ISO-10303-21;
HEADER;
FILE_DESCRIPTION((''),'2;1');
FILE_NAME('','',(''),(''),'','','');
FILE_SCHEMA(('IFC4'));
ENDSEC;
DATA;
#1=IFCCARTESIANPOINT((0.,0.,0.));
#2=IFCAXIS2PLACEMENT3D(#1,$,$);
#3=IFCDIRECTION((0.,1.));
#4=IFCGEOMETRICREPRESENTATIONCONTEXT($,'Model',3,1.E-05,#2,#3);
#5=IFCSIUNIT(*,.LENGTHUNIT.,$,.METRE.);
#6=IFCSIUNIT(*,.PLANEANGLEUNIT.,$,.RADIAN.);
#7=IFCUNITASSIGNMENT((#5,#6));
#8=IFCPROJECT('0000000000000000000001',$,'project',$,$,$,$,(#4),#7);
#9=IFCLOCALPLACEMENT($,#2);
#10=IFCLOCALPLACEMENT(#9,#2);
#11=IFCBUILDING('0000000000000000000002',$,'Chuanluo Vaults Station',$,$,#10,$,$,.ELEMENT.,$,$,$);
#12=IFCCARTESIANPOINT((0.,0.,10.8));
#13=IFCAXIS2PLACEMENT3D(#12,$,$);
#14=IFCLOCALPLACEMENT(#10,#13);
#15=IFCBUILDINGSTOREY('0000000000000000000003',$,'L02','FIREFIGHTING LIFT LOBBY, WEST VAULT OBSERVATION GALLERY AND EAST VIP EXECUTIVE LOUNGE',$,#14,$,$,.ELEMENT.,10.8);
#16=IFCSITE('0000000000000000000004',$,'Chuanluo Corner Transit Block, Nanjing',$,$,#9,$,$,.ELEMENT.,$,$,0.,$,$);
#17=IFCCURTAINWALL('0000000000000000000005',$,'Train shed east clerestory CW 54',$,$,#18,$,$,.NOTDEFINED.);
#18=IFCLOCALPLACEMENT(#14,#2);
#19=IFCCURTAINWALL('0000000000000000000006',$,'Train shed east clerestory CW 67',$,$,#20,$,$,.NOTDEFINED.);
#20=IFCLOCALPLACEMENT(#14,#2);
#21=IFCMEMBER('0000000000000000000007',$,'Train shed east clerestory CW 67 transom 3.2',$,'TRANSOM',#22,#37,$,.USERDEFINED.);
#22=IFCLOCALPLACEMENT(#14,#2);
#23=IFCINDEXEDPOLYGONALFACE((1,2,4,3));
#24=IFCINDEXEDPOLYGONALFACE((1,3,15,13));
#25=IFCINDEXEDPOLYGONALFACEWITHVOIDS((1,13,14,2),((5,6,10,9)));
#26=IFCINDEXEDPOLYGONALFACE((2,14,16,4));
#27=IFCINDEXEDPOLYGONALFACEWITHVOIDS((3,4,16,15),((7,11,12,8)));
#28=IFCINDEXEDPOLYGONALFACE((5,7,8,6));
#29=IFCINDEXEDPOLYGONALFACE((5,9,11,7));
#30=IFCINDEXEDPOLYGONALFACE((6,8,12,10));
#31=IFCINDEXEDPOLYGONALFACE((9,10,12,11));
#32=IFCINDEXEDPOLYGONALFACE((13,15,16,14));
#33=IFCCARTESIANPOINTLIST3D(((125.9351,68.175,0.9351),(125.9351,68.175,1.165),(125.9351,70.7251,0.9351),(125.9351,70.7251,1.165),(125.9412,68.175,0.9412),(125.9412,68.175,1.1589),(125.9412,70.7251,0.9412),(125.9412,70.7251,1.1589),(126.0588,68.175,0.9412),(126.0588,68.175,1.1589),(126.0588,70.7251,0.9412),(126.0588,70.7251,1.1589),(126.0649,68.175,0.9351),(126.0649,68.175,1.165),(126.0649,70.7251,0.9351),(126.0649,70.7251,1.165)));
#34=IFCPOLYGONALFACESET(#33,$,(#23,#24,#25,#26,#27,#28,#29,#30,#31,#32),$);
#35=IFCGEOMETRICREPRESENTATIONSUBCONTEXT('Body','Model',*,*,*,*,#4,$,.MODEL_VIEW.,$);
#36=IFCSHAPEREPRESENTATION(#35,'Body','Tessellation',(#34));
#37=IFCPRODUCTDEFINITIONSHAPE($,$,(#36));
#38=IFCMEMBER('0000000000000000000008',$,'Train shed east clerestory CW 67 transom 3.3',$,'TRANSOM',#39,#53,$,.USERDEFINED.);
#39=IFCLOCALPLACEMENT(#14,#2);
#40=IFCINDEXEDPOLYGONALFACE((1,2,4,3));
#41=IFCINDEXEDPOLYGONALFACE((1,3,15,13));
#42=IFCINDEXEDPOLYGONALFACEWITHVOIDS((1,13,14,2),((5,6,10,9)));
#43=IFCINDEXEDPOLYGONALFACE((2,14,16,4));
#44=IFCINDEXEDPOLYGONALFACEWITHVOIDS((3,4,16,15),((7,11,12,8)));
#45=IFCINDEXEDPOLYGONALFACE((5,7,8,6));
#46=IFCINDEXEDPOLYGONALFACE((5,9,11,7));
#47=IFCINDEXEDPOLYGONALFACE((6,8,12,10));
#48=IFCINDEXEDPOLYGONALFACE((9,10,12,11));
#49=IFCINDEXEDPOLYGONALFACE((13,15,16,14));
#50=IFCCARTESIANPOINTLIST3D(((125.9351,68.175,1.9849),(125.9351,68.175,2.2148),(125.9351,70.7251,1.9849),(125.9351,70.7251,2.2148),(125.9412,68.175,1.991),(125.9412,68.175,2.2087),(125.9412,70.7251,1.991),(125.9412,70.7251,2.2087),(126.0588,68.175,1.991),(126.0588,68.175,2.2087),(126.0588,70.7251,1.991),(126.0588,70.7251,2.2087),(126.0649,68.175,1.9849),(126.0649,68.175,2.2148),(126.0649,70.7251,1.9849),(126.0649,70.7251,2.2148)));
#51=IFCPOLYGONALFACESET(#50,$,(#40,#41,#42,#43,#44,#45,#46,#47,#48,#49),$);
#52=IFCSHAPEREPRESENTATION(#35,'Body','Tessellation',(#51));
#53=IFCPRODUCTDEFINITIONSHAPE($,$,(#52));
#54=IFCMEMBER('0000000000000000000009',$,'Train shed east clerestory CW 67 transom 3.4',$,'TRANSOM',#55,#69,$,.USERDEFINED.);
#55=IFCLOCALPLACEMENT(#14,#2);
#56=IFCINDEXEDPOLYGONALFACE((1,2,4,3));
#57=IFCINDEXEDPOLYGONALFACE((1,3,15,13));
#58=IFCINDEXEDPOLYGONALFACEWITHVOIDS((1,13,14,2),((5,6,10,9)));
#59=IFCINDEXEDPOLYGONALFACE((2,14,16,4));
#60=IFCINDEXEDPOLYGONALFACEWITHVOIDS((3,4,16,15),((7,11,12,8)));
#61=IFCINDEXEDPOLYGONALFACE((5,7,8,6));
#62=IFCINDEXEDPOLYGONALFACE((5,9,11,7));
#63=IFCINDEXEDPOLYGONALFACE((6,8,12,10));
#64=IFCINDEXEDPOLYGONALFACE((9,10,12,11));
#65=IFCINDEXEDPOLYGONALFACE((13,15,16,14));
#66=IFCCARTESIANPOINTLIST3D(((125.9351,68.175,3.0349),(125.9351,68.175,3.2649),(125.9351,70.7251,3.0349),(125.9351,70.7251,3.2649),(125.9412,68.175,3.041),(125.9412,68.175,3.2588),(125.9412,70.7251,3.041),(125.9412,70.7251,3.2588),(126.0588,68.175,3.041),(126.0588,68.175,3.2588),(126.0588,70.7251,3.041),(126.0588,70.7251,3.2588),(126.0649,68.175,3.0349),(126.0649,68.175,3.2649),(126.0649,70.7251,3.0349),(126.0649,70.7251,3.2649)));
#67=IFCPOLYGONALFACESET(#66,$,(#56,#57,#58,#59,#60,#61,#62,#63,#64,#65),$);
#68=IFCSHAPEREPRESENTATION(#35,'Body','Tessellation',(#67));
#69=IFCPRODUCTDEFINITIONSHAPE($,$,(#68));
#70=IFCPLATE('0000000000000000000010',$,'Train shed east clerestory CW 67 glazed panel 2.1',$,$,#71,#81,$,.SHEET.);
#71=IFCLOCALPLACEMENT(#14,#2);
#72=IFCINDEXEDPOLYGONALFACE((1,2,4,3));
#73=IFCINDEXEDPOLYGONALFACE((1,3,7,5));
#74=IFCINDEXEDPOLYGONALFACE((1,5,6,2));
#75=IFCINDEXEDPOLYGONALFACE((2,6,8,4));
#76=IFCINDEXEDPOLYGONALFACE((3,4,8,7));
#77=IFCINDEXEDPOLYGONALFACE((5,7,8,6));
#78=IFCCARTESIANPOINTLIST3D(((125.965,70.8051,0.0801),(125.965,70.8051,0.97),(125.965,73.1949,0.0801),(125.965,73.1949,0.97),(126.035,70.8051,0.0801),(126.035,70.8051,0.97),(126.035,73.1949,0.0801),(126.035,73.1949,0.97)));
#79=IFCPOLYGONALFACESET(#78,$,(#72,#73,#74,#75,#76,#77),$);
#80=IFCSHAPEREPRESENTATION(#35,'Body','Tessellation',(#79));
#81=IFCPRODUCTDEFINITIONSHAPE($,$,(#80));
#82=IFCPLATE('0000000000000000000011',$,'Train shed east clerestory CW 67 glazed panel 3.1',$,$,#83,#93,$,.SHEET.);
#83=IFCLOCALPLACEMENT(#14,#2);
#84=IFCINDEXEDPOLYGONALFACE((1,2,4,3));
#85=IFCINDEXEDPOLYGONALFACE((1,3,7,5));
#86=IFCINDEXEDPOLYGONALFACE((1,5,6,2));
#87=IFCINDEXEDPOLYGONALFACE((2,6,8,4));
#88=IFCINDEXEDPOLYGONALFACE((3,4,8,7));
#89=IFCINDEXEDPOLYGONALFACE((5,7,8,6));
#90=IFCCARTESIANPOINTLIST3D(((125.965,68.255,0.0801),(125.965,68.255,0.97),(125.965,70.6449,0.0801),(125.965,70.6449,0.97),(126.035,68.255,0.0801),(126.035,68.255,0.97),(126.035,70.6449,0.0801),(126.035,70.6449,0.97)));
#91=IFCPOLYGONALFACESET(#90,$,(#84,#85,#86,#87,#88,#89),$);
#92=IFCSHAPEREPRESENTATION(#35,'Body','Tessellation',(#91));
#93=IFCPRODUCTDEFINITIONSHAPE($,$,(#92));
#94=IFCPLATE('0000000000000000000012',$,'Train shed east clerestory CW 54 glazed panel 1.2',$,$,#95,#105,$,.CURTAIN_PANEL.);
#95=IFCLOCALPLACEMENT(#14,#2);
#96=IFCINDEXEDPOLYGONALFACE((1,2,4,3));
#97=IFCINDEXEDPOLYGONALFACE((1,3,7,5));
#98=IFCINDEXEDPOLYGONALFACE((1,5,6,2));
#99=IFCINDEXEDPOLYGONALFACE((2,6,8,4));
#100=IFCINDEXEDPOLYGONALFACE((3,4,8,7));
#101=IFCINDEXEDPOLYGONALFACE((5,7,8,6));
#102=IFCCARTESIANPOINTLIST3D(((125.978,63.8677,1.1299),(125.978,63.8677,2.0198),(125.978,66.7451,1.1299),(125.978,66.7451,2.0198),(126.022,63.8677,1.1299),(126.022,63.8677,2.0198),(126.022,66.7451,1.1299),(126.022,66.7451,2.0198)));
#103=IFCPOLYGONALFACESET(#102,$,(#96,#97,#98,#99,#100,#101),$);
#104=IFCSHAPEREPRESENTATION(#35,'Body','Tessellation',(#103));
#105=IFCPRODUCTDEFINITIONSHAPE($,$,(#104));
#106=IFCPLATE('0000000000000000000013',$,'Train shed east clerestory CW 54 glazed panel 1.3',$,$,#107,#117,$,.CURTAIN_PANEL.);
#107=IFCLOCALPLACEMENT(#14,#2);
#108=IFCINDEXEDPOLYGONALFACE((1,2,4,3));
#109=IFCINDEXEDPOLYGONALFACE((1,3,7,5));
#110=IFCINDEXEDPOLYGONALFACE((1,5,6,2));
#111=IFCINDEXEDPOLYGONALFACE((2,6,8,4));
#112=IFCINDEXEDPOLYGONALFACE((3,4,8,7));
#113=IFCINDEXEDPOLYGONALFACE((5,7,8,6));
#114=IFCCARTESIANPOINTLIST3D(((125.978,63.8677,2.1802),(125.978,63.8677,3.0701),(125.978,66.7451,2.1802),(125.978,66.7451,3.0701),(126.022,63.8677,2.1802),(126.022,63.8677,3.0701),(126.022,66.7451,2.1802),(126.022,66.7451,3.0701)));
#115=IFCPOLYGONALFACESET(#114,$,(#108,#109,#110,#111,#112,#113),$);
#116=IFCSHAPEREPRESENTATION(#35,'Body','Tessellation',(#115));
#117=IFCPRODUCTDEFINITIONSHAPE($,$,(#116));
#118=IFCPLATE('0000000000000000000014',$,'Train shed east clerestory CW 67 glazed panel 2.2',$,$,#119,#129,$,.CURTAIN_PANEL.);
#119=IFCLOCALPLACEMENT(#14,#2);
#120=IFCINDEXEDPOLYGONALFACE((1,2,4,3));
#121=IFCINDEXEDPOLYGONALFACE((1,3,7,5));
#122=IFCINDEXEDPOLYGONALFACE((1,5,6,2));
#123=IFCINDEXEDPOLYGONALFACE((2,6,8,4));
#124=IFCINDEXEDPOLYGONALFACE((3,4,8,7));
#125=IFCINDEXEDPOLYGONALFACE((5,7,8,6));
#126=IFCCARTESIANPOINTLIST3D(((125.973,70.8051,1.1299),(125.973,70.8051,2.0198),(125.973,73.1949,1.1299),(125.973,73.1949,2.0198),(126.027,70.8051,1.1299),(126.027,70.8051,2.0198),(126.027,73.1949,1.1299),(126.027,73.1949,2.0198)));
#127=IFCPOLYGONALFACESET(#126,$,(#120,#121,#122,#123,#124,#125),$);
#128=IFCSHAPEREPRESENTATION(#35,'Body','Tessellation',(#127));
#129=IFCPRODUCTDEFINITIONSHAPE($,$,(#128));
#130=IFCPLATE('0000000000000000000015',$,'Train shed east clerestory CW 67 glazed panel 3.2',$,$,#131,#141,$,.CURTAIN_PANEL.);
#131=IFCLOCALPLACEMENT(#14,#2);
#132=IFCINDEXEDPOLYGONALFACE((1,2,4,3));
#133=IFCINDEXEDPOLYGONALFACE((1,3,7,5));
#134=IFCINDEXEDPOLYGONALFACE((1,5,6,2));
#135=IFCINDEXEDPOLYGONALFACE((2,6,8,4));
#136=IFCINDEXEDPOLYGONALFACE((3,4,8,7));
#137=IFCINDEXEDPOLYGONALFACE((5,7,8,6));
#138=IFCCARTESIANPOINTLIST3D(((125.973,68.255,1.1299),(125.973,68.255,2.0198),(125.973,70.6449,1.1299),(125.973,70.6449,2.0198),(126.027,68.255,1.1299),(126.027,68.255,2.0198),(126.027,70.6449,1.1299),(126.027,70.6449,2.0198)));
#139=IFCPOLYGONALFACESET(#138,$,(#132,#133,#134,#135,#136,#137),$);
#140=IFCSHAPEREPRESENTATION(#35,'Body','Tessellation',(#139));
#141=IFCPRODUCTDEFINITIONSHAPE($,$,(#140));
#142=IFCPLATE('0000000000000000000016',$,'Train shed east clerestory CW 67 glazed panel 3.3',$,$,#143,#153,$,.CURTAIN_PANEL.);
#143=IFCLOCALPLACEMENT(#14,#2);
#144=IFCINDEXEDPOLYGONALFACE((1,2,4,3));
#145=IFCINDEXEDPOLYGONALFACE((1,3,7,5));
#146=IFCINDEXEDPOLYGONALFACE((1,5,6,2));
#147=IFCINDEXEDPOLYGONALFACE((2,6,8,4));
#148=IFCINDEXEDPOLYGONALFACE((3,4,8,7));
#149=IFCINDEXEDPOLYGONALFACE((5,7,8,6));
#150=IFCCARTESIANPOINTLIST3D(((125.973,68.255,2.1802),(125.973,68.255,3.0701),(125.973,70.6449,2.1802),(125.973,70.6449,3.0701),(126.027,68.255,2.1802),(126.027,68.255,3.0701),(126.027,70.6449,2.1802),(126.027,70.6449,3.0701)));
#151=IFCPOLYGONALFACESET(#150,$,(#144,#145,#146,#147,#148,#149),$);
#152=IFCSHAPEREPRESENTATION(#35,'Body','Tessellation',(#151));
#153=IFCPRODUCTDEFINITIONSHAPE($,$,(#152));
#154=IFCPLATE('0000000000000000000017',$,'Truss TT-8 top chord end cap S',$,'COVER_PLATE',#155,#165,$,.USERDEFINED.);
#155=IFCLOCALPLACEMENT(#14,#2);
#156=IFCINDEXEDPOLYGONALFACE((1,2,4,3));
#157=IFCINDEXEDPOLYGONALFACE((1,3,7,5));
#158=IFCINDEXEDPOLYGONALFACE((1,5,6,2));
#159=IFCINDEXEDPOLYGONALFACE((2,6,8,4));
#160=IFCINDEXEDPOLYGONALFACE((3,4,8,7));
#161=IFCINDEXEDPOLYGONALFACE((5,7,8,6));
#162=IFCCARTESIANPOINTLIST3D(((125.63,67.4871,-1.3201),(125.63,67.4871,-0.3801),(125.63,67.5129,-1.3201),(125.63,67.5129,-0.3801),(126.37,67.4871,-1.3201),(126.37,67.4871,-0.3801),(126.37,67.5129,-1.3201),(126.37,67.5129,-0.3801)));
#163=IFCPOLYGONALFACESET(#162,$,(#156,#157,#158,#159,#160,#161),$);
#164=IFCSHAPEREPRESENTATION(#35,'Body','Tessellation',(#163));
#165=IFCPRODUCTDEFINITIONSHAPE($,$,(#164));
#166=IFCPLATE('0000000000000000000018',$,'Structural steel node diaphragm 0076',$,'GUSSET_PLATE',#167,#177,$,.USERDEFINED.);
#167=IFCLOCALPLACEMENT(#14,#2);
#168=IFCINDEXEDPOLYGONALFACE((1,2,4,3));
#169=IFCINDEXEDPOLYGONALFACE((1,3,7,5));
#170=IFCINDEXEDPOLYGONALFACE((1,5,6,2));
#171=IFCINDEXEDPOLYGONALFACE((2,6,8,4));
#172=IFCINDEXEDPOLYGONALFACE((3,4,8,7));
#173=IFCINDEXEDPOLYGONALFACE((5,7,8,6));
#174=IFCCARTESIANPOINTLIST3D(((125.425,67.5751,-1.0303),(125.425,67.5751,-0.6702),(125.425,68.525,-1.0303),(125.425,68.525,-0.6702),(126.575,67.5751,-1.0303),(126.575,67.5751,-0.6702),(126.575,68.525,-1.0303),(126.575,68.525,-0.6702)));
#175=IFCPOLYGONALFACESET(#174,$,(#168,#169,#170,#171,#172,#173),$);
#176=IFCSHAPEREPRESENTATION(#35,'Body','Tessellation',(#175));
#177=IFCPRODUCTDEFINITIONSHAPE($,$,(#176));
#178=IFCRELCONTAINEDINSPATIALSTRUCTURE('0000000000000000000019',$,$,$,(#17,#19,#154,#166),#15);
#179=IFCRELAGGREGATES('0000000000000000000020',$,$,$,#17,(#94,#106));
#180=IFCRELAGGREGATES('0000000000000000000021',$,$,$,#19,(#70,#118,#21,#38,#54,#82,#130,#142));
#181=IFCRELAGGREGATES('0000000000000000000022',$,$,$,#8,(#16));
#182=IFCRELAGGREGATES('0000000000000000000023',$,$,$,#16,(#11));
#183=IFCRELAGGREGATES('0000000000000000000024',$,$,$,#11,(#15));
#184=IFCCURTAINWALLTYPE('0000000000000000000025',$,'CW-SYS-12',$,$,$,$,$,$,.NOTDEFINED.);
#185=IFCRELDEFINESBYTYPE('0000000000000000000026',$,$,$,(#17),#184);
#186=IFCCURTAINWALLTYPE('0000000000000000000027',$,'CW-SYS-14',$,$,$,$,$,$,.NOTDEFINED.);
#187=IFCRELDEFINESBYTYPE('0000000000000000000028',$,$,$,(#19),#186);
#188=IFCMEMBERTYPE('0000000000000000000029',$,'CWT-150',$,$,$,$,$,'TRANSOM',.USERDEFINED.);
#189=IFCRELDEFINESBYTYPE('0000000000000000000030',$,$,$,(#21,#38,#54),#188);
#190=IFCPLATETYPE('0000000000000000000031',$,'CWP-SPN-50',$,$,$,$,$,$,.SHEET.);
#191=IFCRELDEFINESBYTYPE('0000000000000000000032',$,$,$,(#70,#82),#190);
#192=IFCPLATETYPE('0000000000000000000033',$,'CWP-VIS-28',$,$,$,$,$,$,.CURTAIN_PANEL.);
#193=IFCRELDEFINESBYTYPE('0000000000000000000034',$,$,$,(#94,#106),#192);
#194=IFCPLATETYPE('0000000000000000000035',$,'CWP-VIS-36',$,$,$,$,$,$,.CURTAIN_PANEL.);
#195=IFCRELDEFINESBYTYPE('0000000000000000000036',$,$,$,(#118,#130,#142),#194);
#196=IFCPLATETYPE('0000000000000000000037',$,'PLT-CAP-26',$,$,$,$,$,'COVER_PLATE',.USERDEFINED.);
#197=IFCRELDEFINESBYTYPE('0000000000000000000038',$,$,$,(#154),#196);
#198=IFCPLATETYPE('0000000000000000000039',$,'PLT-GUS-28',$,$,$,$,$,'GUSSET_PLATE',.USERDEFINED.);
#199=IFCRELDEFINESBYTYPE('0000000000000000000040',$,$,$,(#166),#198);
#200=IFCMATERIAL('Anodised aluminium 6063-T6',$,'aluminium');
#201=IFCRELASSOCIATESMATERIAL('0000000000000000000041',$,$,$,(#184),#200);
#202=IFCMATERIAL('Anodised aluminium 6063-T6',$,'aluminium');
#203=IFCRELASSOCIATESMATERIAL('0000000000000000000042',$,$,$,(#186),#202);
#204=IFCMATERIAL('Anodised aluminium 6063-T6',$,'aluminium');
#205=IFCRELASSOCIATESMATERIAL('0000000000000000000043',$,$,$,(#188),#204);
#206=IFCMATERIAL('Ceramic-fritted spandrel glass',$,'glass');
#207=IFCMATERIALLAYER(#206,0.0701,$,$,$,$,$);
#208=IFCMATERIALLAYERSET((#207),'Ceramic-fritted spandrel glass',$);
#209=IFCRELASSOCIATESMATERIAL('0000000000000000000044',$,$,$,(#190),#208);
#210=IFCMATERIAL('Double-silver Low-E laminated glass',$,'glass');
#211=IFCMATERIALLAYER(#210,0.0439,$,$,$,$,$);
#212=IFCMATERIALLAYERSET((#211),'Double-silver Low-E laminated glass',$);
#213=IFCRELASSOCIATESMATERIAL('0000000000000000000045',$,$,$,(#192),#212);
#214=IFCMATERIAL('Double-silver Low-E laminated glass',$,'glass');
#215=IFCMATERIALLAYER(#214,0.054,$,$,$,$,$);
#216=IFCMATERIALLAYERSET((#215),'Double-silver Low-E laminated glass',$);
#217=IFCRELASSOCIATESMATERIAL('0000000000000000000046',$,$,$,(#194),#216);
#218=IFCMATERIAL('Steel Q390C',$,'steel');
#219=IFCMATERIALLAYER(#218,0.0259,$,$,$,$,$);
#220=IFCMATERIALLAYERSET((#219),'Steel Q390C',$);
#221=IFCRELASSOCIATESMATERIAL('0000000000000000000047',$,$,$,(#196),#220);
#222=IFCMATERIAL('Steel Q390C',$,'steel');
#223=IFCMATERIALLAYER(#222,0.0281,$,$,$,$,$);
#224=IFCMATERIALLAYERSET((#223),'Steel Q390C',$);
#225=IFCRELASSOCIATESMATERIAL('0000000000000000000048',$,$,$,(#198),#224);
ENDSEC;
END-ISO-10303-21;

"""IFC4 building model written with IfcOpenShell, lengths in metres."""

from ifc_helpers import new_model, si_unit, direction, frame, origin, origin_2d, place, context, subcontext, project, spatial, rectangle, hollow_rectangle, extrude, material, layer, layer_set, material_profile, profile_set, type_object, element, aggregate, save


model = new_model("IFC4")

# Units and contexts
model_context = context("Model", 3, precision=1e-05, world=origin(), true_north=direction((0.0, 1.0)))
body_context = subcontext(model_context, "Body", "Model", "MODEL_VIEW")
ifc_project = project(units=[si_unit("LENGTHUNIT", "METRE"), si_unit("PLANEANGLEUNIT", "RADIAN")], contexts=[model_context])

# Site, building, storey
site_placement = place(None, origin())
site = spatial("IfcSite", under=ifc_project, at=site_placement, Name="Chuanluo Corner Transit Block, Nanjing", CompositionType="ELEMENT", RefElevation=0.0)
building_placement = place(site_placement, origin())
building = spatial("IfcBuilding", under=site, at=building_placement, Name="Chuanluo Vaults Station", CompositionType="ELEMENT")
storey_placement = place(building_placement, frame((0.0, 0.0, 10.8)))
storey = spatial("IfcBuildingStorey", under=building, at=storey_placement, Name="L02", Description="FIREFIGHTING LIFT LOBBY, WEST VAULT OBSERVATION GALLERY AND EAST VIP EXECUTIVE LOUNGE", CompositionType="ELEMENT", Elevation=10.8)

# Curtain wall
ifc_material_1 = material(Name="Anodised aluminium 6063-T6", Category="aluminium")
curtain_wall_type_1 = type_object("IfcCurtainWallType", Name="CW-SYS-12", PredefinedType="NOTDEFINED", material=ifc_material_1)
curtain_wall_1_placement = place(storey_placement, origin())
curtain_wall_1 = element("IfcCurtainWall", 1, at=curtain_wall_1_placement, inside=storey, type_object=curtain_wall_type_1, Name="Train shed east clerestory CW 54", PredefinedType="NOTDEFINED")

# Curtain wall
ifc_material_2 = material(Name="Anodised aluminium 6063-T6", Category="aluminium")
curtain_wall_type_2 = type_object("IfcCurtainWallType", Name="CW-SYS-14", PredefinedType="NOTDEFINED", material=ifc_material_2)
curtain_wall_2_placement = place(storey_placement, origin())
curtain_wall_2 = element("IfcCurtainWall", 2, at=curtain_wall_2_placement, inside=storey, type_object=curtain_wall_type_2, Name="Train shed east clerestory CW 67", PredefinedType="NOTDEFINED")

# Members
ifc_material_3 = material(Name="Anodised aluminium 6063-T6", Category="aluminium")
ifc_material_profile_1 = material_profile(ifc_material_3, hollow_rectangle(XDim=0.1299, YDim=0.23, WallThickness=0.0061, at=origin_2d()))
ifc_profile_set_1 = profile_set([ifc_material_profile_1], Name="Anodised aluminium 6063-T6")
member_type_1 = type_object("IfcMemberType", Name="CWT-150", ElementType="TRANSOM", PredefinedType="USERDEFINED", material=ifc_profile_set_1)
member_1_placement = place(storey_placement, frame((126.0, 70.7251, 1.05), z_axis=(0.0, -1.0, 0.0), x_axis=(1.0, 0.0, 0.0)))
member_1 = element("IfcMember", 3, at=member_1_placement, type_object=member_type_1, Name="Train shed east clerestory CW 67 transom 3.2", ObjectType="TRANSOM", PredefinedType="USERDEFINED", context=body_context, shape_type="SweptSolid", body=[
    extrude(hollow_rectangle(XDim=0.1299, YDim=0.23, WallThickness=0.0061, at=origin_2d()), origin(), (0.0, 0.0, 1.0), 2.55),
])
member_2_placement = place(storey_placement, frame((126.0, 70.7251, 2.0999), z_axis=(0.0, -1.0, 0.0), x_axis=(1.0, 0.0, 0.0)))
member_2 = element("IfcMember", 4, at=member_2_placement, type_object=member_type_1, Name="Train shed east clerestory CW 67 transom 3.3", ObjectType="TRANSOM", PredefinedType="USERDEFINED", context=body_context, shape_type="SweptSolid", body=[
    extrude(hollow_rectangle(XDim=0.1299, YDim=0.23, WallThickness=0.0061, at=origin_2d()), origin(), (0.0, 0.0, 1.0), 2.55),
])
member_3_placement = place(storey_placement, frame((126.0, 70.7251, 3.1499), z_axis=(0.0, -1.0, 0.0), x_axis=(1.0, 0.0, 0.0)))
member_3 = element("IfcMember", 5, at=member_3_placement, type_object=member_type_1, Name="Train shed east clerestory CW 67 transom 3.4", ObjectType="TRANSOM", PredefinedType="USERDEFINED", context=body_context, shape_type="SweptSolid", body=[
    extrude(hollow_rectangle(XDim=0.1299, YDim=0.23, WallThickness=0.0061, at=origin_2d()), origin(), (0.0, 0.0, 1.0), 2.55),
])

# Plates
ifc_material_4 = material(Name="Ceramic-fritted spandrel glass", Category="glass")
ifc_layer_1 = layer(ifc_material_4, 0.0701)
ifc_layer_set_1 = layer_set([ifc_layer_1], Name="Ceramic-fritted spandrel glass")
plate_type_1 = type_object("IfcPlateType", Name="CWP-SPN-50", PredefinedType="SHEET", material=ifc_layer_set_1)
plate_1_placement = place(storey_placement, frame((126.0, 72.0, 0.0801), z_axis=(0.0, 0.0, 1.0), x_axis=(0.0, -1.0, 0.0)))
plate_1 = element("IfcPlate", 6, at=plate_1_placement, type_object=plate_type_1, Name="Train shed east clerestory CW 67 glazed panel 2.1", PredefinedType="SHEET", context=body_context, shape_type="SweptSolid", body=[
    extrude(rectangle(XDim=2.3899, YDim=0.0701, at=origin_2d()), origin(), (0.0, 0.0, 1.0), 0.8899),
])
plate_2_placement = place(storey_placement, frame((126.0, 69.45, 0.0801), z_axis=(0.0, 0.0, 1.0), x_axis=(0.0, -1.0, 0.0)))
plate_2 = element("IfcPlate", 7, at=plate_2_placement, type_object=plate_type_1, Name="Train shed east clerestory CW 67 glazed panel 3.1", PredefinedType="SHEET", context=body_context, shape_type="SweptSolid", body=[
    extrude(rectangle(XDim=2.3899, YDim=0.0701, at=origin_2d()), origin(), (0.0, 0.0, 1.0), 0.8899),
])
ifc_material_5 = material(Name="Double-silver Low-E laminated glass", Category="glass")
ifc_layer_2 = layer(ifc_material_5, 0.0439)
ifc_layer_set_2 = layer_set([ifc_layer_2], Name="Double-silver Low-E laminated glass")
plate_type_2 = type_object("IfcPlateType", Name="CWP-VIS-28", PredefinedType="CURTAIN_PANEL", material=ifc_layer_set_2)
plate_3_placement = place(storey_placement, frame((126.0, 65.3064, 1.1299), z_axis=(0.0, 0.0, 1.0), x_axis=(0.0, -1.0, 0.0)))
plate_3 = element("IfcPlate", 8, at=plate_3_placement, type_object=plate_type_2, Name="Train shed east clerestory CW 54 glazed panel 1.2", PredefinedType="CURTAIN_PANEL", context=body_context, shape_type="SweptSolid", body=[
    extrude(rectangle(XDim=2.8774, YDim=0.0439, at=origin_2d()), origin(), (0.0, 0.0, 1.0), 0.8899),
])
plate_4_placement = place(storey_placement, frame((126.0, 65.3064, 2.1802), z_axis=(0.0, 0.0, 1.0), x_axis=(0.0, -1.0, 0.0)))
plate_4 = element("IfcPlate", 9, at=plate_4_placement, type_object=plate_type_2, Name="Train shed east clerestory CW 54 glazed panel 1.3", PredefinedType="CURTAIN_PANEL", context=body_context, shape_type="SweptSolid", body=[
    extrude(rectangle(XDim=2.8774, YDim=0.0439, at=origin_2d()), origin(), (0.0, 0.0, 1.0), 0.8899),
])
aggregate(curtain_wall_1, [plate_3, plate_4])
ifc_material_6 = material(Name="Double-silver Low-E laminated glass", Category="glass")
ifc_layer_3 = layer(ifc_material_6, 0.054)
ifc_layer_set_3 = layer_set([ifc_layer_3], Name="Double-silver Low-E laminated glass")
plate_type_3 = type_object("IfcPlateType", Name="CWP-VIS-36", PredefinedType="CURTAIN_PANEL", material=ifc_layer_set_3)
plate_5_placement = place(storey_placement, frame((126.0, 72.0, 1.1299), z_axis=(0.0, 0.0, 1.0), x_axis=(0.0, -1.0, 0.0)))
plate_5 = element("IfcPlate", 10, at=plate_5_placement, type_object=plate_type_3, Name="Train shed east clerestory CW 67 glazed panel 2.2", PredefinedType="CURTAIN_PANEL", context=body_context, shape_type="SweptSolid", body=[
    extrude(rectangle(XDim=2.3899, YDim=0.054, at=origin_2d()), origin(), (0.0, 0.0, 1.0), 0.8899),
])
plate_6_placement = place(storey_placement, frame((126.0, 69.45, 1.1299), z_axis=(0.0, 0.0, 1.0), x_axis=(0.0, -1.0, 0.0)))
plate_6 = element("IfcPlate", 11, at=plate_6_placement, type_object=plate_type_3, Name="Train shed east clerestory CW 67 glazed panel 3.2", PredefinedType="CURTAIN_PANEL", context=body_context, shape_type="SweptSolid", body=[
    extrude(rectangle(XDim=2.3899, YDim=0.054, at=origin_2d()), origin(), (0.0, 0.0, 1.0), 0.8899),
])
plate_7_placement = place(storey_placement, frame((126.0, 69.45, 2.1802), z_axis=(0.0, 0.0, 1.0), x_axis=(0.0, -1.0, 0.0)))
plate_7 = element("IfcPlate", 12, at=plate_7_placement, type_object=plate_type_3, Name="Train shed east clerestory CW 67 glazed panel 3.3", PredefinedType="CURTAIN_PANEL", context=body_context, shape_type="SweptSolid", body=[
    extrude(rectangle(XDim=2.3899, YDim=0.054, at=origin_2d()), origin(), (0.0, 0.0, 1.0), 0.8899),
])
aggregate(curtain_wall_2, [plate_1, plate_5, member_1, member_2, member_3, plate_2, plate_6, plate_7])

# Plates
ifc_material_7 = material(Name="Steel Q390C", Category="steel")
ifc_layer_4 = layer(ifc_material_7, 0.0259)
ifc_layer_set_4 = layer_set([ifc_layer_4], Name="Steel Q390C")
plate_type_4 = type_object("IfcPlateType", Name="PLT-CAP-26", ElementType="COVER_PLATE", PredefinedType="USERDEFINED", material=ifc_layer_set_4)
plate_8_placement = place(storey_placement, frame((126.0, 67.5, -1.3201), z_axis=(0.0, 0.0, 1.0), x_axis=(1.0, 0.0, 0.0)))
element("IfcPlate", 13, at=plate_8_placement, inside=storey, type_object=plate_type_4, Name="Truss TT-8 top chord end cap S", ObjectType="COVER_PLATE", PredefinedType="USERDEFINED", context=body_context, shape_type="SweptSolid", body=[
    extrude(rectangle(XDim=0.74, YDim=0.0259, at=origin_2d()), origin(), (0.0, 0.0, 1.0), 0.9399),
])
ifc_material_8 = material(Name="Steel Q390C", Category="steel")
ifc_layer_5 = layer(ifc_material_8, 0.0281)
ifc_layer_set_5 = layer_set([ifc_layer_5], Name="Steel Q390C")
plate_type_5 = type_object("IfcPlateType", Name="PLT-GUS-28", ElementType="GUSSET_PLATE", PredefinedType="USERDEFINED", material=ifc_layer_set_5)
plate_9_placement = place(storey_placement, frame((126.0, 68.05, -1.0303), z_axis=(0.0, 0.0, 1.0), x_axis=(1.0, 0.0, 0.0)))
element("IfcPlate", 14, at=plate_9_placement, inside=storey, type_object=plate_type_5, Name="Structural steel node diaphragm 0076", ObjectType="GUSSET_PLATE", PredefinedType="USERDEFINED", context=body_context, shape_type="SweptSolid", body=[
    extrude(rectangle(XDim=1.1499, YDim=0.95, at=origin_2d()), origin(), (0.0, 0.0, 1.0), 0.3601),
])

save(model, "model.ifc")
